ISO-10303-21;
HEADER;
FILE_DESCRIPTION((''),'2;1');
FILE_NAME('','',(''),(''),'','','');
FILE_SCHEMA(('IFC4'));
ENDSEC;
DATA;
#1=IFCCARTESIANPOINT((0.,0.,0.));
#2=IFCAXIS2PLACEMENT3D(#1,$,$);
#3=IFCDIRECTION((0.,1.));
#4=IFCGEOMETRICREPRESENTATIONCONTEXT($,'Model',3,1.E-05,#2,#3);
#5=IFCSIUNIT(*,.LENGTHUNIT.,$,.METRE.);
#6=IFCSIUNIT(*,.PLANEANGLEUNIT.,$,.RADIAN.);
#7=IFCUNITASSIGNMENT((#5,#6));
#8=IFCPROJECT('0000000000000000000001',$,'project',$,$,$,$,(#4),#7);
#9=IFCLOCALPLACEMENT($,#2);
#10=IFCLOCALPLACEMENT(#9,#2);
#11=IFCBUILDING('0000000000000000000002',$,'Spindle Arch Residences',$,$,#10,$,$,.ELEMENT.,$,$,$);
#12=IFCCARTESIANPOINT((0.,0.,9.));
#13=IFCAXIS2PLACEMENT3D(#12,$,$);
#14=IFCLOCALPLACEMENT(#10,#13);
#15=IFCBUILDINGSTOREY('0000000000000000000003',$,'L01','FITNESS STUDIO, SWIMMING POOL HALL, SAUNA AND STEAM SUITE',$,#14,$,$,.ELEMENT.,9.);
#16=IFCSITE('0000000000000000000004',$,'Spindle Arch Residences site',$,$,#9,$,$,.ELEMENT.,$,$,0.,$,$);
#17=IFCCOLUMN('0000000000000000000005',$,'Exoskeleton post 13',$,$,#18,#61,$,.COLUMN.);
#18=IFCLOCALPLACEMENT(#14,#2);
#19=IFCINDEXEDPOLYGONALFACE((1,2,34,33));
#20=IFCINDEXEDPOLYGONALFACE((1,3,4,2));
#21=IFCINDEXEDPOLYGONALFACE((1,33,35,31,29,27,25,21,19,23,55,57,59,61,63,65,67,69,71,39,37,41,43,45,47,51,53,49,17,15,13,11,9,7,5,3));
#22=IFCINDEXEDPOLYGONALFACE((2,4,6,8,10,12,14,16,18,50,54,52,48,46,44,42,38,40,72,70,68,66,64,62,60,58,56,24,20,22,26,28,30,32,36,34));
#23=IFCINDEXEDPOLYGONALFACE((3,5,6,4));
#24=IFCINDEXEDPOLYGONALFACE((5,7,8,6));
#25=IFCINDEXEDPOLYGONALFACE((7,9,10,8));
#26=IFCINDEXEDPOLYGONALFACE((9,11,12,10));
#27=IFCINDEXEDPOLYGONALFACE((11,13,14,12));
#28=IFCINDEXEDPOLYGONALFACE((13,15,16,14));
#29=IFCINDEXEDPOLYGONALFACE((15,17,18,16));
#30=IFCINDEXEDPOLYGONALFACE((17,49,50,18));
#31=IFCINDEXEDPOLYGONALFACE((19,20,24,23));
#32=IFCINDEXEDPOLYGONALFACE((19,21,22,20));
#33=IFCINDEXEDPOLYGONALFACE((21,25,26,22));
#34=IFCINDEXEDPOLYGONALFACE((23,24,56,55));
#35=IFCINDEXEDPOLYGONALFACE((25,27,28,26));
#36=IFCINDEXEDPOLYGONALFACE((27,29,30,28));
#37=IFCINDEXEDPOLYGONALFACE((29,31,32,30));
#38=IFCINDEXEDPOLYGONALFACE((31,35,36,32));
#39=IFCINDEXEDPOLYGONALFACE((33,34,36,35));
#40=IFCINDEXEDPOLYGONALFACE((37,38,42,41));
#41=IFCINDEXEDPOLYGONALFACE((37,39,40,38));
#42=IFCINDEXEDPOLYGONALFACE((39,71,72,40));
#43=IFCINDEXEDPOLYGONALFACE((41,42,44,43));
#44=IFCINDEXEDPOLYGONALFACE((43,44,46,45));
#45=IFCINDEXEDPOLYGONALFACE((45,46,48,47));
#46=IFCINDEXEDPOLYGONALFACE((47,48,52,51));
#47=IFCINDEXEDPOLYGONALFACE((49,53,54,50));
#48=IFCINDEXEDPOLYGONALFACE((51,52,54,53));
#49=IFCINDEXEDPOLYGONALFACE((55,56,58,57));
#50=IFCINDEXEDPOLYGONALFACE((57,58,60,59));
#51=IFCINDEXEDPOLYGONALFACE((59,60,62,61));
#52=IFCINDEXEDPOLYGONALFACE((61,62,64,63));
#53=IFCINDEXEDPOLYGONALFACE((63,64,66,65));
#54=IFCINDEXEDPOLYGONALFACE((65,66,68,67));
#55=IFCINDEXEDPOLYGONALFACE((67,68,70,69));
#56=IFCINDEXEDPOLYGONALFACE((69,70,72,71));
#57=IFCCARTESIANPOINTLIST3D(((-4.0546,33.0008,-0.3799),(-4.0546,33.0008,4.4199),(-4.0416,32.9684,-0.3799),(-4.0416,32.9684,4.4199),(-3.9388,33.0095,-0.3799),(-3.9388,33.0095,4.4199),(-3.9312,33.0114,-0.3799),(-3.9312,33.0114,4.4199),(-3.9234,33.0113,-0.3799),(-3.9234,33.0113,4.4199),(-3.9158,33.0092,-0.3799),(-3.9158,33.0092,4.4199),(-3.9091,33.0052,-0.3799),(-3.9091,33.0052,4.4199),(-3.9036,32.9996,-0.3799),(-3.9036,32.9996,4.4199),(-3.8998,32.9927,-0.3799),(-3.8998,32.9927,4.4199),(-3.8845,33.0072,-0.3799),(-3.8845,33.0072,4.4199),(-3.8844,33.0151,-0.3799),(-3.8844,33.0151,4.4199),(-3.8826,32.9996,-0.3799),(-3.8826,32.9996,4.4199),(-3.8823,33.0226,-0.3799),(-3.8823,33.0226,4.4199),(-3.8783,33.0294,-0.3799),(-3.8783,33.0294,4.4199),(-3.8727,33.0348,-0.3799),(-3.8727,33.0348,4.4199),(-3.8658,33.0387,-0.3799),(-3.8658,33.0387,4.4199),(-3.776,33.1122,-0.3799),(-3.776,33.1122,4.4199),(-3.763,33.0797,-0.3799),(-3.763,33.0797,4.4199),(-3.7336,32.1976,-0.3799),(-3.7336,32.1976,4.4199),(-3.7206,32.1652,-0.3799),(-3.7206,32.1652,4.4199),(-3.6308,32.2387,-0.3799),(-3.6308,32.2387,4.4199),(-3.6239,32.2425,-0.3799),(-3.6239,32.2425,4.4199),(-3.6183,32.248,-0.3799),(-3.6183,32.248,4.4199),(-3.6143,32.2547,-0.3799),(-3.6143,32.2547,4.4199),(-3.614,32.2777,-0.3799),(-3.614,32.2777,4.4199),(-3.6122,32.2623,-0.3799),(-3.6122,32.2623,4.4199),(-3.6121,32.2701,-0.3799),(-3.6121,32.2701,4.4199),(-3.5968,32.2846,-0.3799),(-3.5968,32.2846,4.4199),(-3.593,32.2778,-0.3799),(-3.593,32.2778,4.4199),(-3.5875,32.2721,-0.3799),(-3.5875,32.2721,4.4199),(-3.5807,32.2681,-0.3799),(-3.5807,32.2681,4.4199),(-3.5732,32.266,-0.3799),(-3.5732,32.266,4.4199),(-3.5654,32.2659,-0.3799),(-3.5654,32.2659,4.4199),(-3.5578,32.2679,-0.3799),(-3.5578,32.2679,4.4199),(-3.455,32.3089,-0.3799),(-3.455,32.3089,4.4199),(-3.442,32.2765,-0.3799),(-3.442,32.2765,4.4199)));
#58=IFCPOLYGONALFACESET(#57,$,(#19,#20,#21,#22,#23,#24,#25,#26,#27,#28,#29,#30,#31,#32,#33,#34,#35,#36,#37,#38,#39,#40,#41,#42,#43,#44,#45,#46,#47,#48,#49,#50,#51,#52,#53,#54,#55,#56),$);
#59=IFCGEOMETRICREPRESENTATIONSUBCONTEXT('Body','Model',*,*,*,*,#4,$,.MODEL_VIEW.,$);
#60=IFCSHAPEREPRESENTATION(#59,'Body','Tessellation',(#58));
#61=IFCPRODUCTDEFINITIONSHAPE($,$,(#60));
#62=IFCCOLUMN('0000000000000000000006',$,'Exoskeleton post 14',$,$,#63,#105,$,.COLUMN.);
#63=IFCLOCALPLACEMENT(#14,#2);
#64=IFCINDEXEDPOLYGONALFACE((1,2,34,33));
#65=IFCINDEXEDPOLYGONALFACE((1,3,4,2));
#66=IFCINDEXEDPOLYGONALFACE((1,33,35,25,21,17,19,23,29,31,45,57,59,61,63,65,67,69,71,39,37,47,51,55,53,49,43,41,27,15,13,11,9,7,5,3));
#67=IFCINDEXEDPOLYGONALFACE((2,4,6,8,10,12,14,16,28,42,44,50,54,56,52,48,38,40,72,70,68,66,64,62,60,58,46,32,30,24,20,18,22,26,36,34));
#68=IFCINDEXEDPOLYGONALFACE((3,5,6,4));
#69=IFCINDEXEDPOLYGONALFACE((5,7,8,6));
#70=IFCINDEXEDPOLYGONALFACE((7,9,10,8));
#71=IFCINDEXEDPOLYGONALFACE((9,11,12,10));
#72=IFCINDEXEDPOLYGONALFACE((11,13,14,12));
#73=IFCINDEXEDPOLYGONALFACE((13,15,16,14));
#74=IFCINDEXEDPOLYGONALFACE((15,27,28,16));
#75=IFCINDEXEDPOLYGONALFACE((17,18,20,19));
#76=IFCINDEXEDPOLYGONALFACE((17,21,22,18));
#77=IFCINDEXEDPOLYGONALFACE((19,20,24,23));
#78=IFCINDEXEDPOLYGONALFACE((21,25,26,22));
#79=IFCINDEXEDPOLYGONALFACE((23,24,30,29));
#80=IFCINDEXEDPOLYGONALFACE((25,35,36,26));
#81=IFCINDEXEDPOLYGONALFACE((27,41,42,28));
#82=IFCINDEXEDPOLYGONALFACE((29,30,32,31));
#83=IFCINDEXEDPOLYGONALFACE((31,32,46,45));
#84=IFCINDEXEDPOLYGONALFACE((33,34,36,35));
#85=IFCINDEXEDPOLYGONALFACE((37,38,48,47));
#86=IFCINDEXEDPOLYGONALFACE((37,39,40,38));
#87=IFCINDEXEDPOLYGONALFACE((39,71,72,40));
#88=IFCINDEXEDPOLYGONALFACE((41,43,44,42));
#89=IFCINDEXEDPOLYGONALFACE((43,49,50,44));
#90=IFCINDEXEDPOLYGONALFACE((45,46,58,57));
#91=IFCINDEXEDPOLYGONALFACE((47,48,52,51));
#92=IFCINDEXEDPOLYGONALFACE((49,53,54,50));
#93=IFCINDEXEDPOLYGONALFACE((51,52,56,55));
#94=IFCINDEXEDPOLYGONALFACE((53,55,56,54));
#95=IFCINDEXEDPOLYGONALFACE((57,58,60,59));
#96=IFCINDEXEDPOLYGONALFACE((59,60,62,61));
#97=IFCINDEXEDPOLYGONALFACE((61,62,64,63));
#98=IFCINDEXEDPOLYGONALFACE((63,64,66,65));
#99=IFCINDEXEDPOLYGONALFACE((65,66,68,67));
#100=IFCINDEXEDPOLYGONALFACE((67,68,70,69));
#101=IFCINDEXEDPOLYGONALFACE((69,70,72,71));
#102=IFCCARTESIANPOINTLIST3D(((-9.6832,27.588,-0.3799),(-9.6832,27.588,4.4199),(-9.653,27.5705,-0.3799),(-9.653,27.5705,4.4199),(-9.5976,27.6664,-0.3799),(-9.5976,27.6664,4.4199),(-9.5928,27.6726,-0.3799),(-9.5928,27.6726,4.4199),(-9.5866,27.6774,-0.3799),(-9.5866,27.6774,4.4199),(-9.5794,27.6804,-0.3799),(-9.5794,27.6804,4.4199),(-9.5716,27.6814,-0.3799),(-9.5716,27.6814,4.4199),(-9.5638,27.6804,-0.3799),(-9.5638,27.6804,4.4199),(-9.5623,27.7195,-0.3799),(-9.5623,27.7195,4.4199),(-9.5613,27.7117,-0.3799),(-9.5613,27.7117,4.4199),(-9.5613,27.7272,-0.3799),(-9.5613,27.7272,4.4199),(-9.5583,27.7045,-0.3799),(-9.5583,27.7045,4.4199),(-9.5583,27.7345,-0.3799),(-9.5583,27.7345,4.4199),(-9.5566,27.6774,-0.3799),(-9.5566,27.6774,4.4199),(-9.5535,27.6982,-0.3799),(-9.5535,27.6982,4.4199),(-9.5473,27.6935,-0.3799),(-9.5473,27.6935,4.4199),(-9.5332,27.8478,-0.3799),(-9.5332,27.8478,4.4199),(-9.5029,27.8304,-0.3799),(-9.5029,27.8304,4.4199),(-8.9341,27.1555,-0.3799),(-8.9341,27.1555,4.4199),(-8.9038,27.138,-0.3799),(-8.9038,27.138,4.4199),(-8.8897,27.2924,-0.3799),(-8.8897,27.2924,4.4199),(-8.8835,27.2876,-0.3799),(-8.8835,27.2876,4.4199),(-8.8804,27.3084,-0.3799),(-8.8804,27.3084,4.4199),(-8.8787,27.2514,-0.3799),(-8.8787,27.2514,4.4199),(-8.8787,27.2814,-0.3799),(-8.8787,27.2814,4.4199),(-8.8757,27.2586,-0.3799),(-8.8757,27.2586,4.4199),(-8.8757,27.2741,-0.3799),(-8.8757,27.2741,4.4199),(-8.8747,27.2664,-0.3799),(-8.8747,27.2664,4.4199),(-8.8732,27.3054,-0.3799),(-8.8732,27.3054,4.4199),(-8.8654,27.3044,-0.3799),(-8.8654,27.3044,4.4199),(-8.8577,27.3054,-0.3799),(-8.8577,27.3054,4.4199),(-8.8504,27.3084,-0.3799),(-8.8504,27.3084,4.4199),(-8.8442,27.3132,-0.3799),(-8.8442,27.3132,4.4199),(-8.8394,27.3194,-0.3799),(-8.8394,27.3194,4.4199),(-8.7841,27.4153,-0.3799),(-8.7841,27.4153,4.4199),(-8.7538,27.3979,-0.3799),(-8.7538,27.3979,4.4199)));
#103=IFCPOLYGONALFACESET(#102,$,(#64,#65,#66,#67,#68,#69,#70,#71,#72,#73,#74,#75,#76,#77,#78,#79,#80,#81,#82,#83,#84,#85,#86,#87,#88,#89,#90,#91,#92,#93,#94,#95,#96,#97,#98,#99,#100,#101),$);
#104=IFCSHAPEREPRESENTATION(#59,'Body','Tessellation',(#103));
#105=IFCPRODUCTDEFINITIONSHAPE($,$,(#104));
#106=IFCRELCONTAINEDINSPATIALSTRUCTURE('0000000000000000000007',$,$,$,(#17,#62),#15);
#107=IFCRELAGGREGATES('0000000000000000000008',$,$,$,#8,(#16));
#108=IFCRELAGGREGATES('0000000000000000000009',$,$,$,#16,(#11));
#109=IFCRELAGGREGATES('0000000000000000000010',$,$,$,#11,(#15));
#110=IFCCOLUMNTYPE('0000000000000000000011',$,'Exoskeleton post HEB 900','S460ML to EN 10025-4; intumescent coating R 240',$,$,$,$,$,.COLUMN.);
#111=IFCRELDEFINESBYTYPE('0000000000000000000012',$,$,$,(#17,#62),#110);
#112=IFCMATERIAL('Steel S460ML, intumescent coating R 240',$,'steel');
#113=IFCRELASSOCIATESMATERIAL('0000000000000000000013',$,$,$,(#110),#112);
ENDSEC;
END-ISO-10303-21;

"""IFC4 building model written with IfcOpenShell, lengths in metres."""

from ifc_helpers import new_model, si_unit, direction, frame, origin, origin_2d, place, context, subcontext, project, spatial, i_section, extrude, material, material_profile, profile_set, type_object, element, save


model = new_model("IFC4")

# Units and contexts
model_context = context("Model", 3, precision=1e-05, world=origin(), true_north=direction((0.0, 1.0)))
body_context = subcontext(model_context, "Body", "Model", "MODEL_VIEW")
ifc_project = project(units=[si_unit("LENGTHUNIT", "METRE"), si_unit("PLANEANGLEUNIT", "RADIAN")], contexts=[model_context])

# Site, building, storey
site_placement = place(None, origin())
site = spatial("IfcSite", under=ifc_project, at=site_placement, Name="Spindle Arch Residences site", CompositionType="ELEMENT", RefElevation=0.0)
building_placement = place(site_placement, origin())
building = spatial("IfcBuilding", under=site, at=building_placement, Name="Spindle Arch Residences", CompositionType="ELEMENT")
storey_placement = place(building_placement, frame((0.0, 0.0, 9.0)))
storey = spatial("IfcBuildingStorey", under=building, at=storey_placement, Name="L01", Description="FITNESS STUDIO, SWIMMING POOL HALL, SAUNA AND STEAM SUITE", CompositionType="ELEMENT", Elevation=9.0)

# Columns
ifc_material_1 = material(Name="Steel S460ML, intumescent coating R 240", Category="steel")
ifc_material_profile_1 = material_profile(ifc_material_1, i_section(OverallWidth=0.3, OverallDepth=0.8999, WebThickness=0.0186, FlangeThickness=0.0349, FilletRadius=0.03, at=origin_2d()), Name="HEB 900")
ifc_profile_set_1 = profile_set([ifc_material_profile_1], Name="Steel S460ML, intumescent coating R 240")
column_type_1 = type_object("IfcColumnType", Name="Exoskeleton post HEB 900", Description="S460ML to EN 10025-4; intumescent coating R 240", PredefinedType="COLUMN", material=ifc_profile_set_1)
for number, where, z_axis, x_axis, name in (
    (1, (-3.7483, 32.6387, -0.3799), (0.0, 0.0, 1.0), (0.92859, 0.371108, 0.0), "Exoskeleton post 13"),
    (2, (-9.2185, 27.4929, -0.3799), (0.0, 0.0, 1.0), (0.5, 0.866025, 0.0), "Exoskeleton post 14"),
):
    element("IfcColumn", number, at=place(storey_placement, frame(where, z_axis=z_axis, x_axis=x_axis)), inside=storey, type_object=column_type_1, Name=name, PredefinedType="COLUMN", context=body_context, shape_type="SweptSolid", body=[
        extrude(i_section(OverallWidth=0.3, OverallDepth=0.8999, WebThickness=0.0186, FlangeThickness=0.0349, FilletRadius=0.03, at=origin_2d()), origin(), (0.0, 0.0, 1.0), 4.7998),
    ])

save(model, "model.ifc")
